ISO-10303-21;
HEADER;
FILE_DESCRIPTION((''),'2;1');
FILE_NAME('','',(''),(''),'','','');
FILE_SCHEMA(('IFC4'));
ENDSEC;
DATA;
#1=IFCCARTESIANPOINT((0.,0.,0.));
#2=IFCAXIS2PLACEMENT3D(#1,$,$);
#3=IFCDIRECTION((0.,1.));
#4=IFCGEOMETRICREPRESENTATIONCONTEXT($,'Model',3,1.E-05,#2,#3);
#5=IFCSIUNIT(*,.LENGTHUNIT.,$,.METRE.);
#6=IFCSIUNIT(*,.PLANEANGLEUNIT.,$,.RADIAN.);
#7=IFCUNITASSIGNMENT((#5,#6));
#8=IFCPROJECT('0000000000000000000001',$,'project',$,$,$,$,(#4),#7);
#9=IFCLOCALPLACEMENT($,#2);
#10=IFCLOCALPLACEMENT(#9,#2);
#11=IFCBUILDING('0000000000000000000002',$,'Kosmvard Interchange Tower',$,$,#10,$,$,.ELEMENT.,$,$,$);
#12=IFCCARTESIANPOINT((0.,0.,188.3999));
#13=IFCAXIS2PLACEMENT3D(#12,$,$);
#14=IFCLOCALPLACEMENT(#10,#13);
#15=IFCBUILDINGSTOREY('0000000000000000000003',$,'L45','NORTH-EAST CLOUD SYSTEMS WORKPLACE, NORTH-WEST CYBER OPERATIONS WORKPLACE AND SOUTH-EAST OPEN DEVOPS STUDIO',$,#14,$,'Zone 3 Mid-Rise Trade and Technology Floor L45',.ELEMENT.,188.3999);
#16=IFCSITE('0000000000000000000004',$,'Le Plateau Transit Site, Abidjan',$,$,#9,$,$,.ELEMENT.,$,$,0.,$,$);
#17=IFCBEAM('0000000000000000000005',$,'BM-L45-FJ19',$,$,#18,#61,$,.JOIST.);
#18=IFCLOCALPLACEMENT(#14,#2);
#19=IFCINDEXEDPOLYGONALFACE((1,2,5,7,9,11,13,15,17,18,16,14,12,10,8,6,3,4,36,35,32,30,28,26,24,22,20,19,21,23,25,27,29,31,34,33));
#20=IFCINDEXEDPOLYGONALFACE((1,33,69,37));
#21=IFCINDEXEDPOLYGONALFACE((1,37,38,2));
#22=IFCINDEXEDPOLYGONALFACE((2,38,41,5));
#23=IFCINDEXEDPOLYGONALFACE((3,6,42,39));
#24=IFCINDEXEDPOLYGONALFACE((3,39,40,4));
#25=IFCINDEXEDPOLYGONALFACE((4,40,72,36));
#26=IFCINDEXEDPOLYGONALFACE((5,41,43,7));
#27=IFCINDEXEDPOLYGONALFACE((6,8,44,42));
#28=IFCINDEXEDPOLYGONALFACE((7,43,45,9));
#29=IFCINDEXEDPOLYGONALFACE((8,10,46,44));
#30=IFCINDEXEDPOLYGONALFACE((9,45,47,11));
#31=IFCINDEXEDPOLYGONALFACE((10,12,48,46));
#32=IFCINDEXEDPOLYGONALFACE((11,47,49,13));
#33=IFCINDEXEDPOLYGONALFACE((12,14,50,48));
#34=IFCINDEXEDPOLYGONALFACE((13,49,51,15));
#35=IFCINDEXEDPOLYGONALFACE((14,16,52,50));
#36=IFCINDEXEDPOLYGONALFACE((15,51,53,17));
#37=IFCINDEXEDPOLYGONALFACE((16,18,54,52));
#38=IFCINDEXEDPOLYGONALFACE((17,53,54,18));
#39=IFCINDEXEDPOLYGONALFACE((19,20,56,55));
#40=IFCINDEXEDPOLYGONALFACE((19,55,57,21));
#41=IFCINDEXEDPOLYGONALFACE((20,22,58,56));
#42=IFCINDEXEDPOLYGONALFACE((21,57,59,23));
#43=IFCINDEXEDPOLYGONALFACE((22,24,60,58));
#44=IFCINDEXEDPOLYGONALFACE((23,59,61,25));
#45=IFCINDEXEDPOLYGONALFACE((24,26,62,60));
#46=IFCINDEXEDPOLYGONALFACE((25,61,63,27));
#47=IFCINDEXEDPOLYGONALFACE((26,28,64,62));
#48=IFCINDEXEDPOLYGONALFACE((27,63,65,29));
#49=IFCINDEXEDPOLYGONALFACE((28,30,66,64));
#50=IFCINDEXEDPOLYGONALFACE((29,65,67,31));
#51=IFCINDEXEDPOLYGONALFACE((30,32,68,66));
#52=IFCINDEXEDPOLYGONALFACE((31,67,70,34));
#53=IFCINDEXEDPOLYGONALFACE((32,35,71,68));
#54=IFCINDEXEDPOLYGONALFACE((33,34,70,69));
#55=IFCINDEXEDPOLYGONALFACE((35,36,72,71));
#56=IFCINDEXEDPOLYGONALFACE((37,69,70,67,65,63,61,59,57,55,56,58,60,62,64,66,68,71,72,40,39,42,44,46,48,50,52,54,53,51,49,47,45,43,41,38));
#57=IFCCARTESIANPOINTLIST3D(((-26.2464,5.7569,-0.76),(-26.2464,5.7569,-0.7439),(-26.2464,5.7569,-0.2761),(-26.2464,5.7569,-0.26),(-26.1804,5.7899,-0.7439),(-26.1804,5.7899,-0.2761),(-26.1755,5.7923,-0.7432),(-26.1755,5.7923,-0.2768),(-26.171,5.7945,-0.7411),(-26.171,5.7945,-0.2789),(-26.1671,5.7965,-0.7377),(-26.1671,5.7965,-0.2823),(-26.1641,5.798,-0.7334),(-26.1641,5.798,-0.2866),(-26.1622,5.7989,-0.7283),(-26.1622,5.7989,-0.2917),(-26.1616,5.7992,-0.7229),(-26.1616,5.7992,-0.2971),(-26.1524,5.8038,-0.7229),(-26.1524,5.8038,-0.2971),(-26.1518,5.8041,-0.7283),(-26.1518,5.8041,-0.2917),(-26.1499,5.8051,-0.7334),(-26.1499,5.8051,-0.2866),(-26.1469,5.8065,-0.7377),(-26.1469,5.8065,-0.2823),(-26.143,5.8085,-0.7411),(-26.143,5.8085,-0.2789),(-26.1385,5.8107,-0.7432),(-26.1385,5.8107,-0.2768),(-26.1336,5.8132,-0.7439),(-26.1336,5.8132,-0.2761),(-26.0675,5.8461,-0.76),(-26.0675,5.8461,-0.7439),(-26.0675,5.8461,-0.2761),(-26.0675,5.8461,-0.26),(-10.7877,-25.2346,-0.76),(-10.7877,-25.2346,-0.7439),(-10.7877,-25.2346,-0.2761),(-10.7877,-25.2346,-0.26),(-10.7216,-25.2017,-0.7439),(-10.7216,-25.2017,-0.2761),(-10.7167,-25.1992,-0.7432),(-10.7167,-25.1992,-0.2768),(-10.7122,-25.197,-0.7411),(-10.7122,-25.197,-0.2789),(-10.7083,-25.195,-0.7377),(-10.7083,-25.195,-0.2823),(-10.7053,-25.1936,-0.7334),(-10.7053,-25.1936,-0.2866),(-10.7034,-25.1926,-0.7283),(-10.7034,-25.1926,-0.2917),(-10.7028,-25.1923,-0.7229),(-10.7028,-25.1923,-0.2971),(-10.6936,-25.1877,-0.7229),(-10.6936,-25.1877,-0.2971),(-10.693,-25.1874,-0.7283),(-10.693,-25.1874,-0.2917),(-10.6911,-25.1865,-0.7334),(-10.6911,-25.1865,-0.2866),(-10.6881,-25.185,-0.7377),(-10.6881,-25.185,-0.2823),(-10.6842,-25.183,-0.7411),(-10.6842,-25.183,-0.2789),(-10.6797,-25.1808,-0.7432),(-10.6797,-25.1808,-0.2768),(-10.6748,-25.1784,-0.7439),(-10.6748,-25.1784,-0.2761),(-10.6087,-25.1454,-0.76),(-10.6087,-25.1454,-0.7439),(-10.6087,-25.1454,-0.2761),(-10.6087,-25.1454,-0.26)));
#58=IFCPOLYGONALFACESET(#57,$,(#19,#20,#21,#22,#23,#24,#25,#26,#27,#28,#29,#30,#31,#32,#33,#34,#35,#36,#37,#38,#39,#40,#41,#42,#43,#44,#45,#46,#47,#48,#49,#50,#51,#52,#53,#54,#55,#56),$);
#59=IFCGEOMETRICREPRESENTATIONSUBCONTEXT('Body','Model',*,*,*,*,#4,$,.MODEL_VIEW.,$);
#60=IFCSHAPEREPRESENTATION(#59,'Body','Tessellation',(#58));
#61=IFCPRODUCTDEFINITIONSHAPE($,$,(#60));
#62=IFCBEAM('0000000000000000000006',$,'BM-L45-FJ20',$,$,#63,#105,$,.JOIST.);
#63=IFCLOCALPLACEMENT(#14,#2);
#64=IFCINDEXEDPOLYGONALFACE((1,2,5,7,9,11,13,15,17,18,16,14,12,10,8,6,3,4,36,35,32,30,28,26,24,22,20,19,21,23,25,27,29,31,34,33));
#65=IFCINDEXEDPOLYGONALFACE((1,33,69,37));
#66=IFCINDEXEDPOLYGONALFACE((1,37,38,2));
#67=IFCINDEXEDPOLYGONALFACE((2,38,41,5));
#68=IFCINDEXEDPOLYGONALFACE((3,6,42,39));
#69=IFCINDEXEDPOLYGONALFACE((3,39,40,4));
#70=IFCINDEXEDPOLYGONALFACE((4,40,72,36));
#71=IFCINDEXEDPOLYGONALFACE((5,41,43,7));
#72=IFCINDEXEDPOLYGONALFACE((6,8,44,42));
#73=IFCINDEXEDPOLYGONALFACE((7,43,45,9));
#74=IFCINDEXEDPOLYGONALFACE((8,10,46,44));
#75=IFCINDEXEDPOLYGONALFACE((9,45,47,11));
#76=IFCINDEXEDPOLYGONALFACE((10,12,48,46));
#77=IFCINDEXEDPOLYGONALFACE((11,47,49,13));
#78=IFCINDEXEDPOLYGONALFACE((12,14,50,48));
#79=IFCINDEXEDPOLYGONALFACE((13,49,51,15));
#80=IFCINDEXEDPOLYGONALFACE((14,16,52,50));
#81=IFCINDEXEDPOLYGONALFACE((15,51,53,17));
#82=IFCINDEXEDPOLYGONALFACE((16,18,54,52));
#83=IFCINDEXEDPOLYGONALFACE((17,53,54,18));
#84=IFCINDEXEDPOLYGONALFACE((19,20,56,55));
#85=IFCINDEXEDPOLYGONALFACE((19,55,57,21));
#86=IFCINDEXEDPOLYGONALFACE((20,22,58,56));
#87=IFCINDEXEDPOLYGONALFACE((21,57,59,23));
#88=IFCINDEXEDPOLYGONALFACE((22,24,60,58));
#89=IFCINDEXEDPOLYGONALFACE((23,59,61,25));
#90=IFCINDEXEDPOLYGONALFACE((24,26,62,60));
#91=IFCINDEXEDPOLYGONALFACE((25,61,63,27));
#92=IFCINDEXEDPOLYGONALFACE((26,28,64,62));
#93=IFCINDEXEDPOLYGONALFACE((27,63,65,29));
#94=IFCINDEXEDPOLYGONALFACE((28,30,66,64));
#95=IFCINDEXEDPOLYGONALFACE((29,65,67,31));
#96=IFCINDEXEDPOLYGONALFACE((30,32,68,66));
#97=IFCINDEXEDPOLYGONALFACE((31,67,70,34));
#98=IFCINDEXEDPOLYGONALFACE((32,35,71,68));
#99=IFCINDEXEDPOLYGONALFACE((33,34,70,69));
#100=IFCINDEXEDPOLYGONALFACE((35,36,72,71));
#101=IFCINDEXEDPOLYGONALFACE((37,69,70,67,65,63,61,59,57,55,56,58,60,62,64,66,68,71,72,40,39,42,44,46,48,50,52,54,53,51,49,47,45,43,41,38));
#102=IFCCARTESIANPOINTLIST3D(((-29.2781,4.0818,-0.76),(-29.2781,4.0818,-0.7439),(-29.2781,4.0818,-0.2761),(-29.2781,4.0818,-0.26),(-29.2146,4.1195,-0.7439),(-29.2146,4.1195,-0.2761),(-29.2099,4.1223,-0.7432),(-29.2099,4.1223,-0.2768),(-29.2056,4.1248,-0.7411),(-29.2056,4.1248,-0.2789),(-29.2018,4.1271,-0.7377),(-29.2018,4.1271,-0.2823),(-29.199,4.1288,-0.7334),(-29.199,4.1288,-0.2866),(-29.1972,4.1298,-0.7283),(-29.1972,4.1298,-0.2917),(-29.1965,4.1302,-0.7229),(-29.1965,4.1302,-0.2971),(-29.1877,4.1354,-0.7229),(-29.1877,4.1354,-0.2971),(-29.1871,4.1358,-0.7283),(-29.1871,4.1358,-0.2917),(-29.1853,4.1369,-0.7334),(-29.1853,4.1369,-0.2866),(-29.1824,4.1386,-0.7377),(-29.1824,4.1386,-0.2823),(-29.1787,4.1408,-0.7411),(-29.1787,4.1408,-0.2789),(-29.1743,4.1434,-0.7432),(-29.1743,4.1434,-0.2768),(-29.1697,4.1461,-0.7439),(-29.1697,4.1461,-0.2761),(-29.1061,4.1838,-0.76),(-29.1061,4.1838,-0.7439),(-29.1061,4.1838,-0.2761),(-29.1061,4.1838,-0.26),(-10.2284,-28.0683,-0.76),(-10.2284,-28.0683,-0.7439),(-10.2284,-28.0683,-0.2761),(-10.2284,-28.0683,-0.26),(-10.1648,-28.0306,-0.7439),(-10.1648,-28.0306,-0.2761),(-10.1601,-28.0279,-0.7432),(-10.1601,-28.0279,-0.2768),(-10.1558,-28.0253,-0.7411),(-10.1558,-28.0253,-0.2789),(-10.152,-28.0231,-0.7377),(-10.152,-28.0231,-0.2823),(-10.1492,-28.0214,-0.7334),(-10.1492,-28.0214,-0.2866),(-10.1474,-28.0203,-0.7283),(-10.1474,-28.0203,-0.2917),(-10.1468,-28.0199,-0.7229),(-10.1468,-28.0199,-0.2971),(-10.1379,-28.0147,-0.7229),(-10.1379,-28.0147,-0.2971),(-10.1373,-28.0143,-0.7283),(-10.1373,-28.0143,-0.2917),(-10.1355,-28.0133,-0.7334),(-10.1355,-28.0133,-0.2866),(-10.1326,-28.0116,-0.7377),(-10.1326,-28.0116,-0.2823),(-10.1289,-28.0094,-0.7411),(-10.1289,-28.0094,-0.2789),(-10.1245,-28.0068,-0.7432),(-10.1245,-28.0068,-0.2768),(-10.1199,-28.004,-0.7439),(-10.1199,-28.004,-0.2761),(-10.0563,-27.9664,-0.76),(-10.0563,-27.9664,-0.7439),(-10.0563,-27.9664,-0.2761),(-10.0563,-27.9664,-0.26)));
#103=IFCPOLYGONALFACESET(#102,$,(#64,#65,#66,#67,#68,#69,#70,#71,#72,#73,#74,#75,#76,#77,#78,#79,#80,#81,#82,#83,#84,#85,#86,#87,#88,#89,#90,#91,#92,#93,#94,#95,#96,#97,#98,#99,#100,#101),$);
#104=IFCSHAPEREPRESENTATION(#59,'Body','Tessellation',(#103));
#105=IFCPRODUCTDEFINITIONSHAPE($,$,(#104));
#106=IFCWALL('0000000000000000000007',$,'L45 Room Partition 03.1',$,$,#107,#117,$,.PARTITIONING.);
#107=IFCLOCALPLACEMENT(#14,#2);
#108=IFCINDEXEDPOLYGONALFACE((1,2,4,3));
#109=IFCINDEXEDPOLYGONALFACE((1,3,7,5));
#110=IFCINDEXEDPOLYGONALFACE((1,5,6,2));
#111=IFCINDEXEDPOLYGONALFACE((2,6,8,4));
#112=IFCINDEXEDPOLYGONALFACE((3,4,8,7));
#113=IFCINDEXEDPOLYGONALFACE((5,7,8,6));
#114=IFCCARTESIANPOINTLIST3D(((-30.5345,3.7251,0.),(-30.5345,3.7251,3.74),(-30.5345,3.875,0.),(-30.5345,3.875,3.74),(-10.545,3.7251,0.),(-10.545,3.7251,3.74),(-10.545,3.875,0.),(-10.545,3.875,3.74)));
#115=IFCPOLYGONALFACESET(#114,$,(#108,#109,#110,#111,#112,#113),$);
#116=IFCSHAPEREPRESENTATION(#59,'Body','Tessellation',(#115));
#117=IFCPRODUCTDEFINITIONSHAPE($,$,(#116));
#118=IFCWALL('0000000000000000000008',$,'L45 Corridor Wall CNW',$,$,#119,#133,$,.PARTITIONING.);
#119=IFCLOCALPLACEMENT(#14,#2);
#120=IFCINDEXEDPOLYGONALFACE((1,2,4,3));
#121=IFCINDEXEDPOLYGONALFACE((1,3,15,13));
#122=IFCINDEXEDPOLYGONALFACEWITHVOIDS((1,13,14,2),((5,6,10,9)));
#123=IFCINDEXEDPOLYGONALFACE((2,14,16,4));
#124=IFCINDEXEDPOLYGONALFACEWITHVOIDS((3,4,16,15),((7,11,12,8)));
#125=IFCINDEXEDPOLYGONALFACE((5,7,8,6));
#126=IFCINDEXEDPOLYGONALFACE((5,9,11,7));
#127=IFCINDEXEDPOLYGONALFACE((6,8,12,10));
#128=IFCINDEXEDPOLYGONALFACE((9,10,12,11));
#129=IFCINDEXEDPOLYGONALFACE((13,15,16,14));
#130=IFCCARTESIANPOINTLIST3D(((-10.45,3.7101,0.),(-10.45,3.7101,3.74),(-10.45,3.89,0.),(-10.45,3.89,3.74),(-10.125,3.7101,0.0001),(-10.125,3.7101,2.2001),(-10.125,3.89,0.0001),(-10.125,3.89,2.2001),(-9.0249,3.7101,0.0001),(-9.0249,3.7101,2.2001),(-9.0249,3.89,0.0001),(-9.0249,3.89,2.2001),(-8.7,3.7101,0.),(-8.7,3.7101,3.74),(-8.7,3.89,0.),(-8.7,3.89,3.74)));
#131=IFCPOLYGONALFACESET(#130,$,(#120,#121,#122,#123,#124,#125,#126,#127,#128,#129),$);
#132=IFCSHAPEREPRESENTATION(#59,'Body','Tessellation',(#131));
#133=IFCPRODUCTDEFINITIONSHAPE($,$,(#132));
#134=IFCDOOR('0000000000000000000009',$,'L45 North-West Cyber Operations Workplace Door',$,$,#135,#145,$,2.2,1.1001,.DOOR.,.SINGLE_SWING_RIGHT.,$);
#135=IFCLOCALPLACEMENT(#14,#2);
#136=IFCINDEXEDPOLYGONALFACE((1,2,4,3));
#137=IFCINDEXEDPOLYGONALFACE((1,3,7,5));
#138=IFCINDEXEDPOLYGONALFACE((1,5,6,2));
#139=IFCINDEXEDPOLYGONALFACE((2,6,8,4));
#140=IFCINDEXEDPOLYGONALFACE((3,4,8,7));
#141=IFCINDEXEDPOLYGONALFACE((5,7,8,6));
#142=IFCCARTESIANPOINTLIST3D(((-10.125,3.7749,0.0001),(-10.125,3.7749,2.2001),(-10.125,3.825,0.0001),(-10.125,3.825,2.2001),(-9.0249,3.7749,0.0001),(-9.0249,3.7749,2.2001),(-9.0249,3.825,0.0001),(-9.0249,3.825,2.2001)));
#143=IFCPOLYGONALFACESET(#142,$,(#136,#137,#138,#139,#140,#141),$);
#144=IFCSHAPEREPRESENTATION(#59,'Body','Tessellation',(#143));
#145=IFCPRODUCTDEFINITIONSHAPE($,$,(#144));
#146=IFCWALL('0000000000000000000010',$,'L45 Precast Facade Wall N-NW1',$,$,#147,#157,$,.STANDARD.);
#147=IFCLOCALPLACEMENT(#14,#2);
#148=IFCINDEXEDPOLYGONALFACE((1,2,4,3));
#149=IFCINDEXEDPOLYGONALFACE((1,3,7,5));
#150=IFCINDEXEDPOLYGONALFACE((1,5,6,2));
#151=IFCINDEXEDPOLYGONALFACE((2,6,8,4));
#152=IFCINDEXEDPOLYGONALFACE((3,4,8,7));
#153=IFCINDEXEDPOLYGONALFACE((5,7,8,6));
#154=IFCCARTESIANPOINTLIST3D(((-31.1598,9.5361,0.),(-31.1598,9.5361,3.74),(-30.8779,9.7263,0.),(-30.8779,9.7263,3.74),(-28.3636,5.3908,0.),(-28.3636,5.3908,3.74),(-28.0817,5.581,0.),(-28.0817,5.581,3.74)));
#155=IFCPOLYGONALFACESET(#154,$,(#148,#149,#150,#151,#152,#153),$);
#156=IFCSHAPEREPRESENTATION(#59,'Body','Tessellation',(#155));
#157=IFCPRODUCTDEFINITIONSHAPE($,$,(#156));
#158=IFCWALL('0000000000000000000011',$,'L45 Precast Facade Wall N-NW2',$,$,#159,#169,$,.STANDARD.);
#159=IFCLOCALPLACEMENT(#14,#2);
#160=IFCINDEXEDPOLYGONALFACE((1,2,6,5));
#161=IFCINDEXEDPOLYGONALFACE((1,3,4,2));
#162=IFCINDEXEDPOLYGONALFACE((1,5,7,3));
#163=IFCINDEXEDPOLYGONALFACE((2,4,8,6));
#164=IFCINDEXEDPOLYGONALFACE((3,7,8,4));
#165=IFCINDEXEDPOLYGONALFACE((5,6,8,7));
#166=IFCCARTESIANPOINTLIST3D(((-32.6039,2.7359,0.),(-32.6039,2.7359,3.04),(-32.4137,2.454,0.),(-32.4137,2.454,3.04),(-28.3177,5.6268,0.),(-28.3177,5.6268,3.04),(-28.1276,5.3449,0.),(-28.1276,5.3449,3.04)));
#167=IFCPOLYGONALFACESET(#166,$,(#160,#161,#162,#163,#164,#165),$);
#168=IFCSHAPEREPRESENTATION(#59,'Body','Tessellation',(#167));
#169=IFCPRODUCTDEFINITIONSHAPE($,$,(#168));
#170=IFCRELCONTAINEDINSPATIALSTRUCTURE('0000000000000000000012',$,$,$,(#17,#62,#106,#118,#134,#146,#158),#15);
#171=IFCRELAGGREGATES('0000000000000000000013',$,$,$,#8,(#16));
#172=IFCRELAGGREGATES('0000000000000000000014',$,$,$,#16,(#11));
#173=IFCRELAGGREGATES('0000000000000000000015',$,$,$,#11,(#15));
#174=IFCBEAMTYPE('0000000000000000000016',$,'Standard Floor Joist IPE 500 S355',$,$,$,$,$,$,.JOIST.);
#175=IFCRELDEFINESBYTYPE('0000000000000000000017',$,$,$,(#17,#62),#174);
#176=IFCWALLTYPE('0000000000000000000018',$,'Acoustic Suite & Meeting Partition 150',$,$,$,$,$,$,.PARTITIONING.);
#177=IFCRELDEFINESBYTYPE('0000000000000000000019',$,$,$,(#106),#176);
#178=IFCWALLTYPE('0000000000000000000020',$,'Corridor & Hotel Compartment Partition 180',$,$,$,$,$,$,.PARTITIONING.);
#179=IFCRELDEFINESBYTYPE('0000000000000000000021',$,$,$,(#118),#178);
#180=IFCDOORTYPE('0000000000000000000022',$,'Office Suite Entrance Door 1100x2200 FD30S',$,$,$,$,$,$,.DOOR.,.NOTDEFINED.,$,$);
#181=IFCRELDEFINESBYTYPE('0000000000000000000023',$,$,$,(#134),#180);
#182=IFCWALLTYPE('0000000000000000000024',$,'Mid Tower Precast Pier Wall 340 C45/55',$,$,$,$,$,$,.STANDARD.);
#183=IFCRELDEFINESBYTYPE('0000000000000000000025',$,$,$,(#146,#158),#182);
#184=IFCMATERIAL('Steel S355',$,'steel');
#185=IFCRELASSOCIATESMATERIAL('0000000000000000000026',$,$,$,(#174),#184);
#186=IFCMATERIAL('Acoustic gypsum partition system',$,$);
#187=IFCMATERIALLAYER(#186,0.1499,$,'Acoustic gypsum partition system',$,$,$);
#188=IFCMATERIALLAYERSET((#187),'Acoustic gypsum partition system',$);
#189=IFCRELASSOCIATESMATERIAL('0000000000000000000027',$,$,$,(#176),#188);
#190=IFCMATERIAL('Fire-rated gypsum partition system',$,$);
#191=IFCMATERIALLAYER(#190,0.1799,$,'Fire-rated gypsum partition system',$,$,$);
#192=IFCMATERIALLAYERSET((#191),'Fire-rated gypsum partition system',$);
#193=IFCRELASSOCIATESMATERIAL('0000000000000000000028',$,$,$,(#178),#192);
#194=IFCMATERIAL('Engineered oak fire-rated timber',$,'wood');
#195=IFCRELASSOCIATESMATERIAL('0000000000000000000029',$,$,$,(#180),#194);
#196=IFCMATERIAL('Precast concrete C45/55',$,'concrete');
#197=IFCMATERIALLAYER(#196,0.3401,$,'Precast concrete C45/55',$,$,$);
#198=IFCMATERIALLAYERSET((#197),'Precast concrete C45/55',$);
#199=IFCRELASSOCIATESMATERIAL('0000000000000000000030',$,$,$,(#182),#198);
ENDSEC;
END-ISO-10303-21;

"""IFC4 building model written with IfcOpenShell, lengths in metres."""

from ifc_helpers import new_model, si_unit, direction, frame, frame_2d, origin, origin_2d, place, context, subcontext, project, spatial, rectangle, i_section, extrude, source, transform, mapped, material, layer, layer_set, material_profile, profile_set, type_object, element, fill, save


model = new_model("IFC4")

# Units and contexts
model_context = context("Model", 3, precision=1e-05, world=origin(), true_north=direction((0.0, 1.0)))
body_context = subcontext(model_context, "Body", "Model", "MODEL_VIEW")
ifc_project = project(units=[si_unit("LENGTHUNIT", "METRE"), si_unit("PLANEANGLEUNIT", "RADIAN")], contexts=[model_context])

# Site, building, storey
site_placement = place(None, origin())
site = spatial("IfcSite", under=ifc_project, at=site_placement, Name="Le Plateau Transit Site, Abidjan", CompositionType="ELEMENT", RefElevation=0.0)
building_placement = place(site_placement, origin())
building = spatial("IfcBuilding", under=site, at=building_placement, Name="Kosmvard Interchange Tower", CompositionType="ELEMENT")
storey_placement = place(building_placement, frame((0.0, 0.0, 188.3999)))
storey = spatial("IfcBuildingStorey", under=building, at=storey_placement, Name="L45", Description="NORTH-EAST CLOUD SYSTEMS WORKPLACE, NORTH-WEST CYBER OPERATIONS WORKPLACE AND SOUTH-EAST OPEN DEVOPS STUDIO", LongName="Zone 3 Mid-Rise Trade and Technology Floor L45", CompositionType="ELEMENT", Elevation=188.3999)

# Beams
ifc_material_1 = material(Name="Steel S355", Category="steel")
ifc_material_2 = material(Name="Precast concrete C45/55", Category="concrete")
ifc_material_profile_1 = material_profile(ifc_material_1, i_section(OverallWidth=0.2, OverallDepth=0.5, WebThickness=0.0103, FlangeThickness=0.0161, FilletRadius=0.021, at=origin_2d()), Name="IPE 500")
ifc_profile_set_1 = profile_set([ifc_material_profile_1], Name="Steel S355")
beam_type_1 = type_object("IfcBeamType", Name="Standard Floor Joist IPE 500 S355", PredefinedType="JOIST", material=ifc_profile_set_1)
shared_shape_1 = source(origin(), body_context, "Body", "SweptSolid", [
    extrude(i_section(OverallWidth=0.2, OverallDepth=0.5, WebThickness=0.0103, FlangeThickness=0.0161, FilletRadius=0.021, at=origin_2d()), origin(), (0.0, 0.0, 1.0), 34.6331),
])
beam_1_placement = place(storey_placement, frame((-26.157, 5.8015, -0.51), z_axis=(0.446359, -0.894854, 0.0), x_axis=(0.894854, 0.446359, 0.0)))
element("IfcBeam", 1, at=beam_1_placement, inside=storey, type_object=beam_type_1, Name="BM-L45-FJ19", PredefinedType="JOIST", context=body_context, shape_type="MappedRepresentation", body=[
    mapped(shared_shape_1, transform((0.0, 0.0, 0.0), scale=1.0)),
])
shared_shape_2 = source(origin(), body_context, "Body", "SweptSolid", [
    extrude(i_section(OverallWidth=0.2, OverallDepth=0.5, WebThickness=0.0103, FlangeThickness=0.0161, FilletRadius=0.021, at=origin_2d()), origin(), (0.0, 0.0, 1.0), 37.3701),
])
beam_2_placement = place(storey_placement, frame((-29.1921, 4.1328, -0.51), z_axis=(0.50976, -0.860317, 0.0), x_axis=(0.860317, 0.50976, 0.0)))
element("IfcBeam", 2, at=beam_2_placement, inside=storey, type_object=beam_type_1, Name="BM-L45-FJ20", PredefinedType="JOIST", context=body_context, shape_type="MappedRepresentation", body=[
    mapped(shared_shape_2, transform((0.0, 0.0, 0.0), scale=1.0)),
])

# Wall
ifc_material_3 = material(Name="Acoustic gypsum partition system")
ifc_layer_1 = layer(ifc_material_3, 0.1499, Name="Acoustic gypsum partition system")
ifc_layer_set_1 = layer_set([ifc_layer_1], Name="Acoustic gypsum partition system")
wall_type_1 = type_object("IfcWallType", Name="Acoustic Suite & Meeting Partition 150", PredefinedType="PARTITIONING", material=ifc_layer_set_1)
wall_1_placement = place(storey_placement, frame((-30.5344, 3.8, 0.0), z_axis=(0.0, 0.0, 1.0), x_axis=(1.0, 0.0, 0.0)))
element("IfcWall", 3, at=wall_1_placement, inside=storey, type_object=wall_type_1, Name="L45 Room Partition 03.1", PredefinedType="PARTITIONING", context=body_context, shape_type="SweptSolid", body=[
    extrude(rectangle(XDim=19.9895, YDim=0.1499, at=frame_2d((9.9946, 0.0))), origin(), (0.0, 0.0, 1.0), 3.74),
])

# Wall, opening, door
ifc_material_4 = material(Name="Fire-rated gypsum partition system")
ifc_layer_2 = layer(ifc_material_4, 0.1799, Name="Fire-rated gypsum partition system")
ifc_layer_set_2 = layer_set([ifc_layer_2], Name="Fire-rated gypsum partition system")
wall_type_2 = type_object("IfcWallType", Name="Corridor & Hotel Compartment Partition 180", PredefinedType="PARTITIONING", material=ifc_layer_set_2)
wall_2_placement = place(storey_placement, frame((-10.45, 3.8, 0.0), z_axis=(0.0, 0.0, 1.0), x_axis=(1.0, 0.0, 0.0)))
wall_2 = element("IfcWall", 4, at=wall_2_placement, inside=storey, type_object=wall_type_2, Name="L45 Corridor Wall CNW", PredefinedType="PARTITIONING", context=body_context, shape_type="SweptSolid", body=[
    extrude(rectangle(XDim=1.75, YDim=0.1799, at=frame_2d((0.875, 0.0))), origin(), (0.0, 0.0, 1.0), 3.74),
])
opening_1_placement = place(wall_2_placement, frame((0.325, 0.0, 0.0)))
opening_1 = element("IfcOpeningElement", 5, at=opening_1_placement, cuts=wall_2, PredefinedType="OPENING", context=body_context, shape_type="SweptSolid", body=[
    extrude(rectangle(XDim=1.1001, YDim=2.2, at=frame_2d((0.55, 1.1001))), frame((0.0, 0.1001, 0.0), z_axis=(0.0, -1.0, 0.0), x_axis=(1.0, 0.0, 0.0)), (0.0, 0.0, 1.0), 0.2),
])
ifc_material_5 = material(Name="Engineered oak fire-rated timber", Category="wood")
door_type = type_object("IfcDoorType", Name="Office Suite Entrance Door 1100x2200 FD30S", OperationType="NOTDEFINED", PredefinedType="DOOR", material=ifc_material_5)
shared_shape_3 = source(origin(), body_context, "Body", "SweptSolid", [
    extrude(rectangle(XDim=1.1001, YDim=2.2, at=frame_2d((0.55, 1.1001))), frame((0.0, 0.0249, 0.0), z_axis=(0.0, -1.0, 0.0), x_axis=(1.0, 0.0, 0.0)), (0.0, 0.0, 1.0), 0.05),
])
door_placement = place(opening_1_placement, origin())
door = element("IfcDoor", 6, at=door_placement, inside=storey, type_object=door_type, Name="L45 North-West Cyber Operations Workplace Door", OperationType="SINGLE_SWING_RIGHT", OverallHeight=2.2, OverallWidth=1.1001, PredefinedType="DOOR", context=body_context, shape_type="MappedRepresentation", body=[
    mapped(shared_shape_3, transform((0.0, 0.0, 0.0), scale=1.0)),
])
fill(opening_1, door)

# Walls
ifc_layer_3 = layer(ifc_material_2, 0.3401, Name="Precast concrete C45/55")
ifc_layer_set_3 = layer_set([ifc_layer_3], Name="Precast concrete C45/55")
wall_type_3 = type_object("IfcWallType", Name="Mid Tower Precast Pier Wall 340 C45/55", PredefinedType="STANDARD", material=ifc_layer_set_3)
wall_3_placement = place(storey_placement, frame((-31.0188, 9.6311, 0.0), z_axis=(0.0, 0.0, 1.0), x_axis=(0.55921, -0.829026, 0.0)))
element("IfcWall", 7, at=wall_3_placement, inside=storey, type_object=wall_type_3, Name="L45 Precast Facade Wall N-NW1", PredefinedType="STANDARD", context=body_context, shape_type="SweptSolid", body=[
    extrude(rectangle(XDim=5.0002, YDim=0.3401, at=frame_2d((2.5, 0.0))), origin(), (0.0, 0.0, 1.0), 3.74),
])
wall_4_placement = place(storey_placement, frame((-28.2227, 5.4858, 0.0), z_axis=(0.0, 0.0, 1.0), x_axis=(-0.829052, -0.559171, 0.0)))
element("IfcWall", 8, at=wall_4_placement, inside=storey, type_object=wall_type_3, Name="L45 Precast Facade Wall N-NW2", PredefinedType="STANDARD", context=body_context, shape_type="SweptSolid", body=[
    extrude(rectangle(XDim=5.1699, YDim=0.3401, at=frame_2d((2.585, 0.0))), origin(), (0.0, 0.0, 1.0), 3.04),
])

save(model, "model.ifc")
